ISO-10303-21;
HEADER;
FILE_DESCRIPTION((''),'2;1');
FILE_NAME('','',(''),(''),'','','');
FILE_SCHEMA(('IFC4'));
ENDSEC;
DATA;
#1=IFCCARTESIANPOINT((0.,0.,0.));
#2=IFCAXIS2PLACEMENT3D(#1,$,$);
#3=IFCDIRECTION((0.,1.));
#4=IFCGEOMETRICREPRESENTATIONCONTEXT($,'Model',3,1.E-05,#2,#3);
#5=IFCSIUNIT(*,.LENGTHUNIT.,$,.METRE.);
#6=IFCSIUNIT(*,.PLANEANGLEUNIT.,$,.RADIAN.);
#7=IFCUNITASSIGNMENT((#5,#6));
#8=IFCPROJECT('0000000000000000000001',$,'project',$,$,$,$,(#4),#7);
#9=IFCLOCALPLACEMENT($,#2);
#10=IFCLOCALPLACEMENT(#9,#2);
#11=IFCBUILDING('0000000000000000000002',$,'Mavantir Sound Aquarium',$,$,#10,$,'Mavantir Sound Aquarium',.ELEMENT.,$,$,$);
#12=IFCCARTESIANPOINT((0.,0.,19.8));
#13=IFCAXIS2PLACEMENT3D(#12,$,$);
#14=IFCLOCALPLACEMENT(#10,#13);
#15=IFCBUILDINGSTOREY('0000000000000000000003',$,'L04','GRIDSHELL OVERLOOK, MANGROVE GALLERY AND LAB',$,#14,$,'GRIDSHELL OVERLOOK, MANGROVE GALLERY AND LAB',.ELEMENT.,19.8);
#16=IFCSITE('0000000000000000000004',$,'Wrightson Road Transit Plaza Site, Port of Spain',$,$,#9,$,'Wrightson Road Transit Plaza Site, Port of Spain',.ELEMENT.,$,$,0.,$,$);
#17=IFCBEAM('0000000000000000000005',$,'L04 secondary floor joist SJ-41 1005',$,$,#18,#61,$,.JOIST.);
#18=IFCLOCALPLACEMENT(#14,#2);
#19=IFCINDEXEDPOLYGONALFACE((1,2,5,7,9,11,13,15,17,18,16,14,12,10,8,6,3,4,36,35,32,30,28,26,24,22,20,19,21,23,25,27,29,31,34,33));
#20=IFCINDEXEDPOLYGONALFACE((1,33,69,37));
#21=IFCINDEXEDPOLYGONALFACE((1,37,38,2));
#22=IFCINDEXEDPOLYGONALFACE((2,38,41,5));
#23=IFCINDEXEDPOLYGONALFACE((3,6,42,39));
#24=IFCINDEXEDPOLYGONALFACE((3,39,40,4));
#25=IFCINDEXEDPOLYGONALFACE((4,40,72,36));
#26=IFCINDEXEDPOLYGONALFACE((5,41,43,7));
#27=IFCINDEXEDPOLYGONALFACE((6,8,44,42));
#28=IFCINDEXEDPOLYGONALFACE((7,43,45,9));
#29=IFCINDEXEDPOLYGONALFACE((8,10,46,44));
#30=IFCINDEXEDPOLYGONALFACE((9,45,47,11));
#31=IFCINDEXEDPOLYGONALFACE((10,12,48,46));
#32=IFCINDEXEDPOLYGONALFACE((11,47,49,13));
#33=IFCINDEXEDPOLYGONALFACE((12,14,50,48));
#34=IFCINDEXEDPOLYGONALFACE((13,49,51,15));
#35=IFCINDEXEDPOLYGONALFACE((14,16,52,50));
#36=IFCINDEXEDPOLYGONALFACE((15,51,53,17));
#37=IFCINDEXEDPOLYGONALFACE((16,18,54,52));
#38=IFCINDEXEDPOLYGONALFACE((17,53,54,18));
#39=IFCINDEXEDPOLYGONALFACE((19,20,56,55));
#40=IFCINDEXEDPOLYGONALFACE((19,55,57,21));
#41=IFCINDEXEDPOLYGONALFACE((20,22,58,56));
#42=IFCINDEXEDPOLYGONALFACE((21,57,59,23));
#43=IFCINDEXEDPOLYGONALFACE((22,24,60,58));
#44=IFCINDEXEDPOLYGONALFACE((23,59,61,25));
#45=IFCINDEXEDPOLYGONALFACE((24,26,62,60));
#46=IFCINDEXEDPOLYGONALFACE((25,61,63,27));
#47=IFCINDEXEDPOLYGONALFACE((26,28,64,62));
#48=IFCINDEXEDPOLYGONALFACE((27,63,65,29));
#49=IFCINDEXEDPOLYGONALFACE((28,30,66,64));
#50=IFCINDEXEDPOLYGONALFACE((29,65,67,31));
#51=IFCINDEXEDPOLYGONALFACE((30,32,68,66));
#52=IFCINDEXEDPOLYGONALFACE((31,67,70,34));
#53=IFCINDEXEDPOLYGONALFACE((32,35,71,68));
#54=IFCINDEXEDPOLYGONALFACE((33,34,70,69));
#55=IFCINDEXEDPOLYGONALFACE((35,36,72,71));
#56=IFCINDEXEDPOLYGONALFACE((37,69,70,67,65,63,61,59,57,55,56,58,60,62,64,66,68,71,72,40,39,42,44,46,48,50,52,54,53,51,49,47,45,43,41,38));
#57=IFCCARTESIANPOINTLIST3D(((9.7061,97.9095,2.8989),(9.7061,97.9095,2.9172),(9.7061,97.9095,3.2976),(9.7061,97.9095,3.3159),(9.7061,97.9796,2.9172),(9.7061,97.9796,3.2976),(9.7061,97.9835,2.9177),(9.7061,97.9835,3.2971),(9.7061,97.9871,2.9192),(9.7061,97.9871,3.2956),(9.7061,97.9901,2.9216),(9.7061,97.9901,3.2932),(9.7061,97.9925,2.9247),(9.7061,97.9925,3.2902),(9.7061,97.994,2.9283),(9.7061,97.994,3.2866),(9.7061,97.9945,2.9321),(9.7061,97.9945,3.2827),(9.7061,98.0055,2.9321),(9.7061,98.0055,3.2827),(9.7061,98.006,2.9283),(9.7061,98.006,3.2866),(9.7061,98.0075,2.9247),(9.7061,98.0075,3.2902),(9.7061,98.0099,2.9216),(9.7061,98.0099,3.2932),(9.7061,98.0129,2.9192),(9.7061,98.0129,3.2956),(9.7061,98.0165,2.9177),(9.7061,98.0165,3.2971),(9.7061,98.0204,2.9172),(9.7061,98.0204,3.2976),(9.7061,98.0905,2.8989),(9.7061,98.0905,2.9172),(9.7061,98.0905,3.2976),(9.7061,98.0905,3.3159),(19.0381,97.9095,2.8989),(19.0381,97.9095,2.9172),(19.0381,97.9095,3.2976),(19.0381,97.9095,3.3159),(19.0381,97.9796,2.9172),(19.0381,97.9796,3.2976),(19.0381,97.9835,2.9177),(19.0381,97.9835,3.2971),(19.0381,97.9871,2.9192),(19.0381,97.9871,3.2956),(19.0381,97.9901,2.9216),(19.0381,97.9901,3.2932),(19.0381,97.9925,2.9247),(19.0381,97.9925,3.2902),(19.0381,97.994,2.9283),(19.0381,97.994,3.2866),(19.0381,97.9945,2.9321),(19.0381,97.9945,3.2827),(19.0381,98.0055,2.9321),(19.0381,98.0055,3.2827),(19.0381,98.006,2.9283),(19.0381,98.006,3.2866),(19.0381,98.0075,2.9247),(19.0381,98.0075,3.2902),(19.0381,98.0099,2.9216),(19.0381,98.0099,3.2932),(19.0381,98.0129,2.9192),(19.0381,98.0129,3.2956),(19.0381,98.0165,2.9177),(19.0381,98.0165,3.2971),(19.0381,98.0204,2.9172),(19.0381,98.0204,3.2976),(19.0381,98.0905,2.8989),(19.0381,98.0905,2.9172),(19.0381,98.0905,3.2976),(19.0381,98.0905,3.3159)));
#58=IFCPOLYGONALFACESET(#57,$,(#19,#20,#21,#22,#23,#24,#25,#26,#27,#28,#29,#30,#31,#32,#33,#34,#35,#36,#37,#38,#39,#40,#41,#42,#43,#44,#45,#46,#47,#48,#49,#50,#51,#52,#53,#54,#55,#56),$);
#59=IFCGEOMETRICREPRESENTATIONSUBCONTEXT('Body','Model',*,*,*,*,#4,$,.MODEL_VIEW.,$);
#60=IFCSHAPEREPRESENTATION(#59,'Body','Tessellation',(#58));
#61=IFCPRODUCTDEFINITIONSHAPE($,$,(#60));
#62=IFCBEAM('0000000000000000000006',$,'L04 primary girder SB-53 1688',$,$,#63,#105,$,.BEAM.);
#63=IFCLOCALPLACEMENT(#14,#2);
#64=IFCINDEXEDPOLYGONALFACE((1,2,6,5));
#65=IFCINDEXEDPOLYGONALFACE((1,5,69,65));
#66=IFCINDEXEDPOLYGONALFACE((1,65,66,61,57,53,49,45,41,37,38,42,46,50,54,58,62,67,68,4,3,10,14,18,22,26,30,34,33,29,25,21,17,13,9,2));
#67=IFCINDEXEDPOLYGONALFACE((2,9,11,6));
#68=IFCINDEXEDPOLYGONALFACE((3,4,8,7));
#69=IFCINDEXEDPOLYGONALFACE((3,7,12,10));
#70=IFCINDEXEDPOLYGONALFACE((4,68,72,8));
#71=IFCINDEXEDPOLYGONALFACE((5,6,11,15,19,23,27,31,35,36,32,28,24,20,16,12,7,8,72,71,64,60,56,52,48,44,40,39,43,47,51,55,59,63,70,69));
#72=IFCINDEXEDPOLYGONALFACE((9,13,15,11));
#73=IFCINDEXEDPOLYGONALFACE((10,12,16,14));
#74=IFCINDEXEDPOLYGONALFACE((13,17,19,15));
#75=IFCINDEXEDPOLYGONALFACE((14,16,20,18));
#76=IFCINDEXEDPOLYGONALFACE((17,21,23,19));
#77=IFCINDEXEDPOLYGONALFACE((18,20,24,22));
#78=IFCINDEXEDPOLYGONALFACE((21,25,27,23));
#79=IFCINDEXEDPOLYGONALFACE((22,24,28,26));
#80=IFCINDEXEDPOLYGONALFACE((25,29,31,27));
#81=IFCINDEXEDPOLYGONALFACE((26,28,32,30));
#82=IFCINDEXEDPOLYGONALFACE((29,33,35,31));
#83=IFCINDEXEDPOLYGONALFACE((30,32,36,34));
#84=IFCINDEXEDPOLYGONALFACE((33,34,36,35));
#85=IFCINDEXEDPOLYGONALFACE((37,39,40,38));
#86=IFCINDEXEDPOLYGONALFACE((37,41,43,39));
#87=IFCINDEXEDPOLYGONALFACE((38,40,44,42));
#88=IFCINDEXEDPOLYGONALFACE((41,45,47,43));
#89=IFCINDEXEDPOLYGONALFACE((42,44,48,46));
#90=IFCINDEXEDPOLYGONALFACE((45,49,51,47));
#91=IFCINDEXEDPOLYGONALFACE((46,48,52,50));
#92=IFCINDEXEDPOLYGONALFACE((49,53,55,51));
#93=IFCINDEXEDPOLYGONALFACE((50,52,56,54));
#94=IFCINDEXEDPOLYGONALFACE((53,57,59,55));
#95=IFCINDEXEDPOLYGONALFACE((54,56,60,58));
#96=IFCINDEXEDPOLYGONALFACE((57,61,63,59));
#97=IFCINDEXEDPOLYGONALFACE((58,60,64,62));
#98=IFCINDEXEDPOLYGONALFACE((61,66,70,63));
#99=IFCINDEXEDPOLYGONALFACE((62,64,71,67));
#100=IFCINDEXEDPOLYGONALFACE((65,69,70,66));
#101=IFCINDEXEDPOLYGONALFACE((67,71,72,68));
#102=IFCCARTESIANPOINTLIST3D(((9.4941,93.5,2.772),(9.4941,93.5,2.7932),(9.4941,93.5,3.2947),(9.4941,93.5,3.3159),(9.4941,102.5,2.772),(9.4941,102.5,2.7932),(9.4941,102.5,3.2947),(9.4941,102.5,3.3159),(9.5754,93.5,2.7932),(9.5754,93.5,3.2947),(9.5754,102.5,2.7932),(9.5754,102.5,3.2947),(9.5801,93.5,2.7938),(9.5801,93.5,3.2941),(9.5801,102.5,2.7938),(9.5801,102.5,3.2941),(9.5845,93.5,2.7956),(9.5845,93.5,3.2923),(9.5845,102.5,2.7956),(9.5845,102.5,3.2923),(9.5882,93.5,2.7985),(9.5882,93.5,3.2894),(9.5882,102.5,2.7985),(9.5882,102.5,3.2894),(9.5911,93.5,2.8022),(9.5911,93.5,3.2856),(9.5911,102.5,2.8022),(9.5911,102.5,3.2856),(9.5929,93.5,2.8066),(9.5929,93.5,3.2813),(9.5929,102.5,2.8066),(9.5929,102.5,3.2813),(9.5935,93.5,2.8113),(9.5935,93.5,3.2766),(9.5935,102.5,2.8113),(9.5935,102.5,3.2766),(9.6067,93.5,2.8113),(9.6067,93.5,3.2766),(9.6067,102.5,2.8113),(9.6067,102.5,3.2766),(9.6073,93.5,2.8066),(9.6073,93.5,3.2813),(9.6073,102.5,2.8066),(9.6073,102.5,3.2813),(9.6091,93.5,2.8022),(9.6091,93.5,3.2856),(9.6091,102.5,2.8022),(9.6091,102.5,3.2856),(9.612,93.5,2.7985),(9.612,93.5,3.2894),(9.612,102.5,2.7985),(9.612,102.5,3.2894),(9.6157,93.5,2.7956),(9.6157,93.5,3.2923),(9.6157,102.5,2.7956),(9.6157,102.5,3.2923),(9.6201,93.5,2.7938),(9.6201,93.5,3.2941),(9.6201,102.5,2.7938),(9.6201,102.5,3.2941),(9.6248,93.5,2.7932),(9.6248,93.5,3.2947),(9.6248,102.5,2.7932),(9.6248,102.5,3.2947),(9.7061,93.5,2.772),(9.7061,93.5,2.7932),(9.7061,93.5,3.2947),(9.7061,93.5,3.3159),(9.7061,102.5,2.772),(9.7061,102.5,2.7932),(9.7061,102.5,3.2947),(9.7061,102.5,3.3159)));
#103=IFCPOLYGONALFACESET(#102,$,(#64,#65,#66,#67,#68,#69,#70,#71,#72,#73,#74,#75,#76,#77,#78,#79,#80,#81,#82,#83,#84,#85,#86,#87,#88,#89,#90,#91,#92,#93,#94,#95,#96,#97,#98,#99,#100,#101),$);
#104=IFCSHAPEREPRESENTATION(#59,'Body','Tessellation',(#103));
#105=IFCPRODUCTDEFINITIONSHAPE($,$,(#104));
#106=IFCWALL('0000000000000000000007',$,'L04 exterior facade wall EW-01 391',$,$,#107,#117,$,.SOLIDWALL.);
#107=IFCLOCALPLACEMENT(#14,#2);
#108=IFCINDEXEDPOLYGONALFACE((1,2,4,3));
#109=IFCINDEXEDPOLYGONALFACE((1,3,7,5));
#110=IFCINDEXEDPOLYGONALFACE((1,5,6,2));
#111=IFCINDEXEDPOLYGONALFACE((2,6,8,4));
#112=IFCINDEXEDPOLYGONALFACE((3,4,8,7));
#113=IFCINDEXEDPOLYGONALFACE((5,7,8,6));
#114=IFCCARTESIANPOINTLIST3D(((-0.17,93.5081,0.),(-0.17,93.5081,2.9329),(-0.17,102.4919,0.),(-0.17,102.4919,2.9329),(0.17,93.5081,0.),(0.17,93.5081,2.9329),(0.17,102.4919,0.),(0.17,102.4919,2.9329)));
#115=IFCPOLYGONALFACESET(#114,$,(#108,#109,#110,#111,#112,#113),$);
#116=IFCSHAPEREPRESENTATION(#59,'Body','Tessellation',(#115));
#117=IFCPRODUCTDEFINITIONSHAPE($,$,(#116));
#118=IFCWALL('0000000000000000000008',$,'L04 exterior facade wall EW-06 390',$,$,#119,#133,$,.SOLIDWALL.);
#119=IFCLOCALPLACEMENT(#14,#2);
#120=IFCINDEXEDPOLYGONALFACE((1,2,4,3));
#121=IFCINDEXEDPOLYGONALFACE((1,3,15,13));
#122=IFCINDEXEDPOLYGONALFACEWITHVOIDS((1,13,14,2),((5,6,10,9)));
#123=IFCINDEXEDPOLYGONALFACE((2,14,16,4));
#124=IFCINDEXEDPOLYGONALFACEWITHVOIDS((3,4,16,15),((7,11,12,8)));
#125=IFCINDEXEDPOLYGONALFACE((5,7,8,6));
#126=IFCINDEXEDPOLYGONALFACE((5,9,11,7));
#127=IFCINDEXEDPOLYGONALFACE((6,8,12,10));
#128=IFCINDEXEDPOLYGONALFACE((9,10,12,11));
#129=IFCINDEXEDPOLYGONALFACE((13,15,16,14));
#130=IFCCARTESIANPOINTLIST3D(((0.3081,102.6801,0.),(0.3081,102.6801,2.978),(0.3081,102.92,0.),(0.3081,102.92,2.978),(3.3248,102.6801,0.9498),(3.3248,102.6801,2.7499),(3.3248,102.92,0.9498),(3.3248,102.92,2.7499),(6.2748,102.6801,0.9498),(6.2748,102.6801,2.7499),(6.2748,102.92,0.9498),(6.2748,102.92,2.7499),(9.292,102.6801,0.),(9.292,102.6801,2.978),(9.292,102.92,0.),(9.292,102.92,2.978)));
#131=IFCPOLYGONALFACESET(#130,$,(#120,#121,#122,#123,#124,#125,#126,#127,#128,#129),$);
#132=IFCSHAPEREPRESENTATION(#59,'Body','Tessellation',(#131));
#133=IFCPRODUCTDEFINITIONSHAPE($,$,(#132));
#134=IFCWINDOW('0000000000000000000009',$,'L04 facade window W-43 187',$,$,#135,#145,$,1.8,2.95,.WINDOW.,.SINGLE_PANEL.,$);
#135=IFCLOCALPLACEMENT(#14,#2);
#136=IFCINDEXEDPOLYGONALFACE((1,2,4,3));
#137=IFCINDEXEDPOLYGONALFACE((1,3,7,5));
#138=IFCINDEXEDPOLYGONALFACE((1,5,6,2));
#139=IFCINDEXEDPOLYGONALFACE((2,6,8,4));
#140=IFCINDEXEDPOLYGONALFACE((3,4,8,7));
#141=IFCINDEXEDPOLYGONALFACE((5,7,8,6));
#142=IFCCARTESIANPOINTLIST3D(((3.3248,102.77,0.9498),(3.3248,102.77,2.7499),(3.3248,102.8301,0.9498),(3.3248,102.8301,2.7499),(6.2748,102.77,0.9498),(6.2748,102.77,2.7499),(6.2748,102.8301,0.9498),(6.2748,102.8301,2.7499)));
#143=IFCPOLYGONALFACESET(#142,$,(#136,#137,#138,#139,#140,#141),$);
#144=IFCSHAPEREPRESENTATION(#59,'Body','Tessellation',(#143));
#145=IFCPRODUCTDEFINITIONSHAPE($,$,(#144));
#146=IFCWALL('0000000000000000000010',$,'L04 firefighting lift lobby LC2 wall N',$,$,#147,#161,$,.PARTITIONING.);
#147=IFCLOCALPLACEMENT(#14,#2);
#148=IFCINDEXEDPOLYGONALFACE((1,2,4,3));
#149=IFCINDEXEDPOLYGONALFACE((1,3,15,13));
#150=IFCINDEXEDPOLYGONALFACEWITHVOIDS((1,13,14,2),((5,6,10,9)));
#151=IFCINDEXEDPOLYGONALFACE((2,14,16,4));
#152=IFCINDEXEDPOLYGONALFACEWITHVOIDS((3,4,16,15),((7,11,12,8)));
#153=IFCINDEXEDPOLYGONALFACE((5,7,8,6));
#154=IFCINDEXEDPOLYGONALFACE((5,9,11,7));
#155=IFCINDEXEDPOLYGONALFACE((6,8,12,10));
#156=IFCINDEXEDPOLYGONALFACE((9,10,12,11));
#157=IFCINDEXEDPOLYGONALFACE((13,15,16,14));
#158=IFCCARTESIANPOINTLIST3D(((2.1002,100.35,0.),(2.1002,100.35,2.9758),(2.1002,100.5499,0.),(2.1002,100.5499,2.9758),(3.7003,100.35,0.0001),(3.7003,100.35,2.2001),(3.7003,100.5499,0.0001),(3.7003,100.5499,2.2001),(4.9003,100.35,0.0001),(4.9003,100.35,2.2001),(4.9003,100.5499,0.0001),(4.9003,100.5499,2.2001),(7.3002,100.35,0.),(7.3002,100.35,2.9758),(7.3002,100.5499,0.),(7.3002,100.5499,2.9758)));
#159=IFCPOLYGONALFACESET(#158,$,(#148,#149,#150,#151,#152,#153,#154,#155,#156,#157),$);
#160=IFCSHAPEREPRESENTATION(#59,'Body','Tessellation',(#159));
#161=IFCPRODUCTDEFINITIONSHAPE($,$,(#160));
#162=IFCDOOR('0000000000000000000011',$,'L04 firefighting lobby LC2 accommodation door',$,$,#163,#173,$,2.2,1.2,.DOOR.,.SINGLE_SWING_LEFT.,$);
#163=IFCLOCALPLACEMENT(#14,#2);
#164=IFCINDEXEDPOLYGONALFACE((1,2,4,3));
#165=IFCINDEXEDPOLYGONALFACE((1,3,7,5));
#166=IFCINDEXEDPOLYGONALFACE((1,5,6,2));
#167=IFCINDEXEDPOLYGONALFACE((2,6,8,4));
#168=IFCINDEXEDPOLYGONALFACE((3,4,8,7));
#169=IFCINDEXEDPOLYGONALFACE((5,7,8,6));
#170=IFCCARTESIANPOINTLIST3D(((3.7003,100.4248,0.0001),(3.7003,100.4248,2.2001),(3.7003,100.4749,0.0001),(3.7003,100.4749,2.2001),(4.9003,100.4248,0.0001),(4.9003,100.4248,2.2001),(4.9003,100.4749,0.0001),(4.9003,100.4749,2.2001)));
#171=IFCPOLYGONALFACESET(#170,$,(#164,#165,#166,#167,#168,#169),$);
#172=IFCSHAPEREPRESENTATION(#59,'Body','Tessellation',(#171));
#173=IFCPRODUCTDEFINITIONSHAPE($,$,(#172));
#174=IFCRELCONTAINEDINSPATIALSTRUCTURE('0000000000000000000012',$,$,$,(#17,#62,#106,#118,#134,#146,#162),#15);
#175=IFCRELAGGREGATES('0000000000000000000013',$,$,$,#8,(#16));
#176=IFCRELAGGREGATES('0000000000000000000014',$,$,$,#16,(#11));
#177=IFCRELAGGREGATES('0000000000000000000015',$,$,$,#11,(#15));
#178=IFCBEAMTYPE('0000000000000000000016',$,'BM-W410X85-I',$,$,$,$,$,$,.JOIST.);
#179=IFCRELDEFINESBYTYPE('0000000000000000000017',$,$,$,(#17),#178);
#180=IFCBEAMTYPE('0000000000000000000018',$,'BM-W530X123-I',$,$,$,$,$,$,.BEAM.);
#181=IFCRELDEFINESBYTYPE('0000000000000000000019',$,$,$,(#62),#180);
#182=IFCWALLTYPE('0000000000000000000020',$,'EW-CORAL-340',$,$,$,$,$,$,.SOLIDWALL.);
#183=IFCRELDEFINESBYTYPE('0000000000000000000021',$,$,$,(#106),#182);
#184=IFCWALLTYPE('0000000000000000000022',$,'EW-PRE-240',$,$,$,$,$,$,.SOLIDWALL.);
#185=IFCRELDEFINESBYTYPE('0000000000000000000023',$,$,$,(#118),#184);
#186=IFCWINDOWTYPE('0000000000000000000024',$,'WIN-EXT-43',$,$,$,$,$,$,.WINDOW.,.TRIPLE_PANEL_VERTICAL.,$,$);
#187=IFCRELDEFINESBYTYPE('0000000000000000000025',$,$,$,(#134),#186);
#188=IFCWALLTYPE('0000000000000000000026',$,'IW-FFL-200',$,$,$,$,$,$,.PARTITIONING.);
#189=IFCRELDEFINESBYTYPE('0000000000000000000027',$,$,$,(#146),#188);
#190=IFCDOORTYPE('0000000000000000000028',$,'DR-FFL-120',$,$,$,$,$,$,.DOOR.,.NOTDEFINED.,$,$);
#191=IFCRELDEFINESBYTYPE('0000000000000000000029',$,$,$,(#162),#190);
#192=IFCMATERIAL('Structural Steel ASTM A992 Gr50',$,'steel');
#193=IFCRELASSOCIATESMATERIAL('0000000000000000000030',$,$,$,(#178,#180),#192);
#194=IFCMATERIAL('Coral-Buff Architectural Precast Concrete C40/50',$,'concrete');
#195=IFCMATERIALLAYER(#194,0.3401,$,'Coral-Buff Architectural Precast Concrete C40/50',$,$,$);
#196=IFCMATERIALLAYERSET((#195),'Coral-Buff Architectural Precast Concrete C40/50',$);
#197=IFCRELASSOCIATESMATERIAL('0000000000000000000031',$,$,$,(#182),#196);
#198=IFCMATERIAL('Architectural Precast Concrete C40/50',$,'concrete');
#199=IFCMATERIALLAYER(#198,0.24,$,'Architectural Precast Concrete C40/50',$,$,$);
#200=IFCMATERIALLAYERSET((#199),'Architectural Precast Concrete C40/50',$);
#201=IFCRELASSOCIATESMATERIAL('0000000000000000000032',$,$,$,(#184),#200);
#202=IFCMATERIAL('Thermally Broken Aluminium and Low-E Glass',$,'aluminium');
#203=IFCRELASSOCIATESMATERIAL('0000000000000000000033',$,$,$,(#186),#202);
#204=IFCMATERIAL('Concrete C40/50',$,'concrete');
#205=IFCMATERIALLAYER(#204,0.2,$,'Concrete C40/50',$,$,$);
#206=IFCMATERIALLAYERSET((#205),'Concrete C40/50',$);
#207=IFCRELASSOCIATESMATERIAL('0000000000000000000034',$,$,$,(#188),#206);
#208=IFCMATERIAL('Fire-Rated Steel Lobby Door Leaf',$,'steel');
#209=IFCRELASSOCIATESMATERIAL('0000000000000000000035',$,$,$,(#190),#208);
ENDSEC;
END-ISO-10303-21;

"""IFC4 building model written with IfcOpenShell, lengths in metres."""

from ifc_helpers import new_model, si_unit, direction, frame, frame_2d, origin, origin_2d, place, context, subcontext, project, spatial, rectangle, i_section, extrude, material, layer, layer_set, material_profile, profile_set, type_object, element, fill, save


model = new_model("IFC4")

# Units and contexts
model_context = context("Model", 3, precision=1e-05, world=origin(), true_north=direction((0.0, 1.0)))
body_context = subcontext(model_context, "Body", "Model", "MODEL_VIEW")
ifc_project = project(units=[si_unit("LENGTHUNIT", "METRE"), si_unit("PLANEANGLEUNIT", "RADIAN")], contexts=[model_context])

# Site, building, storey
site_placement = place(None, origin())
site = spatial("IfcSite", under=ifc_project, at=site_placement, Name="Wrightson Road Transit Plaza Site, Port of Spain", LongName="Wrightson Road Transit Plaza Site, Port of Spain", CompositionType="ELEMENT", RefElevation=0.0)
building_placement = place(site_placement, origin())
building = spatial("IfcBuilding", under=site, at=building_placement, Name="Mavantir Sound Aquarium", LongName="Mavantir Sound Aquarium", CompositionType="ELEMENT")
storey_placement = place(building_placement, frame((0.0, 0.0, 19.8)))
storey = spatial("IfcBuildingStorey", under=building, at=storey_placement, Name="L04", Description="GRIDSHELL OVERLOOK, MANGROVE GALLERY AND LAB", LongName="GRIDSHELL OVERLOOK, MANGROVE GALLERY AND LAB", CompositionType="ELEMENT", Elevation=19.8)

# Shared definitions
ifc_material_1 = material(Name="Concrete C40/50", Category="concrete")

# Beams
ifc_material_2 = material(Name="Structural Steel ASTM A992 Gr50", Category="steel")
ifc_material_profile_1 = material_profile(ifc_material_2, i_section(OverallWidth=0.1809, OverallDepth=0.417, WebThickness=0.011, FlangeThickness=0.0183, FilletRadius=0.0149, at=origin_2d()), Name="W410X85")
ifc_profile_set_1 = profile_set([ifc_material_profile_1], Name="Structural Steel ASTM A992 Gr50")
beam_type_1 = type_object("IfcBeamType", Name="BM-W410X85-I", PredefinedType="JOIST", material=ifc_profile_set_1)
beam_1_placement = place(storey_placement, frame((9.7061, 98.0, 3.1074), z_axis=(1.0, 0.0, 0.0), x_axis=(0.0, 1.0, 0.0)))
element("IfcBeam", 1, at=beam_1_placement, inside=storey, type_object=beam_type_1, Name="L04 secondary floor joist SJ-41 1005", PredefinedType="JOIST", context=body_context, shape_type="SweptSolid", body=[
    extrude(i_section(OverallWidth=0.1809, OverallDepth=0.417, WebThickness=0.011, FlangeThickness=0.0183, FilletRadius=0.0149, at=origin_2d()), origin(), (0.0, 0.0, 1.0), 9.332),
])
ifc_material_profile_2 = material_profile(ifc_material_2, i_section(OverallWidth=0.2119, OverallDepth=0.5439, WebThickness=0.0132, FlangeThickness=0.0212, FilletRadius=0.0181, at=origin_2d()), Name="W530X123")
ifc_profile_set_2 = profile_set([ifc_material_profile_2], Name="Structural Steel ASTM A992 Gr50")
beam_type_2 = type_object("IfcBeamType", Name="BM-W530X123-I", PredefinedType="BEAM", material=ifc_profile_set_2)
beam_2_placement = place(storey_placement, frame((9.6001, 93.5, 3.0439), z_axis=(0.0, 1.0, 0.0), x_axis=(-1.0, 0.0, 0.0)))
element("IfcBeam", 2, at=beam_2_placement, inside=storey, type_object=beam_type_2, Name="L04 primary girder SB-53 1688", PredefinedType="BEAM", context=body_context, shape_type="SweptSolid", body=[
    extrude(i_section(OverallWidth=0.2119, OverallDepth=0.5439, WebThickness=0.0132, FlangeThickness=0.0212, FilletRadius=0.0181, at=origin_2d()), origin(), (0.0, 0.0, 1.0), 9.0),
])

# Wall
ifc_material_3 = material(Name="Coral-Buff Architectural Precast Concrete C40/50", Category="concrete")
ifc_layer_1 = layer(ifc_material_3, 0.3401, Name="Coral-Buff Architectural Precast Concrete C40/50")
ifc_layer_set_1 = layer_set([ifc_layer_1], Name="Coral-Buff Architectural Precast Concrete C40/50")
wall_type_1 = type_object("IfcWallType", Name="EW-CORAL-340", PredefinedType="SOLIDWALL", material=ifc_layer_set_1)
wall_1_placement = place(storey_placement, frame((0.0, 102.4919, 0.0), z_axis=(0.0, 0.0, 1.0), x_axis=(0.0, -1.0, 0.0)))
element("IfcWall", 3, at=wall_1_placement, inside=storey, type_object=wall_type_1, Name="L04 exterior facade wall EW-01 391", PredefinedType="SOLIDWALL", context=body_context, shape_type="SweptSolid", body=[
    extrude(rectangle(XDim=8.9839, YDim=0.3401, at=frame_2d((4.4919, 0.0))), origin(), (0.0, 0.0, 1.0), 2.9329),
])

# Wall, opening, window
ifc_material_4 = material(Name="Architectural Precast Concrete C40/50", Category="concrete")
ifc_layer_2 = layer(ifc_material_4, 0.24, Name="Architectural Precast Concrete C40/50")
ifc_layer_set_2 = layer_set([ifc_layer_2], Name="Architectural Precast Concrete C40/50")
wall_type_2 = type_object("IfcWallType", Name="EW-PRE-240", PredefinedType="SOLIDWALL", material=ifc_layer_set_2)
wall_2_placement = place(storey_placement, frame((9.292, 102.8, 0.0), z_axis=(0.0, 0.0, 1.0), x_axis=(-1.0, 0.0, 0.0)))
wall_2 = element("IfcWall", 4, at=wall_2_placement, inside=storey, type_object=wall_type_2, Name="L04 exterior facade wall EW-06 390", PredefinedType="SOLIDWALL", context=body_context, shape_type="SweptSolid", body=[
    extrude(rectangle(XDim=8.9839, YDim=0.24, at=frame_2d((4.4919, 0.0))), origin(), (0.0, 0.0, 1.0), 2.978),
])
opening_1_placement = place(wall_2_placement, frame((3.0171, 0.0, 0.95)))
opening_1 = element("IfcOpeningElement", 5, at=opening_1_placement, cuts=wall_2, PredefinedType="OPENING", context=body_context, shape_type="SweptSolid", body=[
    extrude(rectangle(XDim=2.95, YDim=1.8, at=frame_2d((1.4751, 0.8999))), frame((0.0, 0.1299, 0.0), z_axis=(0.0, -1.0, 0.0), x_axis=(1.0, 0.0, 0.0)), (0.0, 0.0, 1.0), 0.26),
])
ifc_material_5 = material(Name="Thermally Broken Aluminium and Low-E Glass", Category="aluminium")
window_type = type_object("IfcWindowType", Name="WIN-EXT-43", PartitioningType="TRIPLE_PANEL_VERTICAL", PredefinedType="WINDOW", material=ifc_material_5)
window_placement = place(opening_1_placement, origin())
window = element("IfcWindow", 6, at=window_placement, inside=storey, type_object=window_type, Name="L04 facade window W-43 187", OverallHeight=1.8, OverallWidth=2.95, PartitioningType="SINGLE_PANEL", PredefinedType="WINDOW", context=body_context, shape_type="SweptSolid", body=[
    extrude(rectangle(XDim=2.95, YDim=1.8, at=frame_2d((1.4751, 0.8999))), frame((0.0, 0.03, 0.0), z_axis=(0.0, -1.0, 0.0), x_axis=(1.0, 0.0, 0.0)), (0.0, 0.0, 1.0), 0.0601),
])
fill(opening_1, window)

# Wall, opening, door
ifc_layer_3 = layer(ifc_material_1, 0.2, Name="Concrete C40/50")
ifc_layer_set_3 = layer_set([ifc_layer_3], Name="Concrete C40/50")
wall_type_3 = type_object("IfcWallType", Name="IW-FFL-200", PredefinedType="PARTITIONING", material=ifc_layer_set_3)
wall_3_placement = place(storey_placement, frame((2.1001, 100.45, 0.0), z_axis=(0.0, 0.0, 1.0), x_axis=(1.0, 0.0, 0.0)))
wall_3 = element("IfcWall", 7, at=wall_3_placement, inside=storey, type_object=wall_type_3, Name="L04 firefighting lift lobby LC2 wall N", PredefinedType="PARTITIONING", context=body_context, shape_type="SweptSolid", body=[
    extrude(rectangle(XDim=5.2, YDim=0.2, at=frame_2d((2.6001, 0.0))), origin(), (0.0, 0.0, 1.0), 2.9758),
])
opening_2_placement = place(wall_3_placement, frame((1.6001, 0.0, 0.0)))
opening_2 = element("IfcOpeningElement", 8, at=opening_2_placement, cuts=wall_3, PredefinedType="OPENING", context=body_context, shape_type="SweptSolid", body=[
    extrude(rectangle(XDim=1.2, YDim=2.2, at=frame_2d((0.6001, 1.1001))), frame((0.0, 0.1099, 0.0), z_axis=(0.0, -1.0, 0.0), x_axis=(1.0, 0.0, 0.0)), (0.0, 0.0, 1.0), 0.22),
])
ifc_material_6 = material(Name="Fire-Rated Steel Lobby Door Leaf", Category="steel")
door_type_1 = type_object("IfcDoorType", Name="DR-FFL-120", OperationType="NOTDEFINED", PredefinedType="DOOR", material=ifc_material_6)
door_1_placement = place(opening_2_placement, origin())
door_1 = element("IfcDoor", 9, at=door_1_placement, inside=storey, type_object=door_type_1, Name="L04 firefighting lobby LC2 accommodation door", OperationType="SINGLE_SWING_LEFT", OverallHeight=2.2, OverallWidth=1.2, PredefinedType="DOOR", context=body_context, shape_type="SweptSolid", body=[
    extrude(rectangle(XDim=1.2, YDim=2.2, at=frame_2d((0.6001, 1.1001))), frame((0.0, 0.0249, 0.0), z_axis=(0.0, -1.0, 0.0), x_axis=(1.0, 0.0, 0.0)), (0.0, 0.0, 1.0), 0.05),
])
fill(opening_2, door_1)

save(model, "model.ifc")
